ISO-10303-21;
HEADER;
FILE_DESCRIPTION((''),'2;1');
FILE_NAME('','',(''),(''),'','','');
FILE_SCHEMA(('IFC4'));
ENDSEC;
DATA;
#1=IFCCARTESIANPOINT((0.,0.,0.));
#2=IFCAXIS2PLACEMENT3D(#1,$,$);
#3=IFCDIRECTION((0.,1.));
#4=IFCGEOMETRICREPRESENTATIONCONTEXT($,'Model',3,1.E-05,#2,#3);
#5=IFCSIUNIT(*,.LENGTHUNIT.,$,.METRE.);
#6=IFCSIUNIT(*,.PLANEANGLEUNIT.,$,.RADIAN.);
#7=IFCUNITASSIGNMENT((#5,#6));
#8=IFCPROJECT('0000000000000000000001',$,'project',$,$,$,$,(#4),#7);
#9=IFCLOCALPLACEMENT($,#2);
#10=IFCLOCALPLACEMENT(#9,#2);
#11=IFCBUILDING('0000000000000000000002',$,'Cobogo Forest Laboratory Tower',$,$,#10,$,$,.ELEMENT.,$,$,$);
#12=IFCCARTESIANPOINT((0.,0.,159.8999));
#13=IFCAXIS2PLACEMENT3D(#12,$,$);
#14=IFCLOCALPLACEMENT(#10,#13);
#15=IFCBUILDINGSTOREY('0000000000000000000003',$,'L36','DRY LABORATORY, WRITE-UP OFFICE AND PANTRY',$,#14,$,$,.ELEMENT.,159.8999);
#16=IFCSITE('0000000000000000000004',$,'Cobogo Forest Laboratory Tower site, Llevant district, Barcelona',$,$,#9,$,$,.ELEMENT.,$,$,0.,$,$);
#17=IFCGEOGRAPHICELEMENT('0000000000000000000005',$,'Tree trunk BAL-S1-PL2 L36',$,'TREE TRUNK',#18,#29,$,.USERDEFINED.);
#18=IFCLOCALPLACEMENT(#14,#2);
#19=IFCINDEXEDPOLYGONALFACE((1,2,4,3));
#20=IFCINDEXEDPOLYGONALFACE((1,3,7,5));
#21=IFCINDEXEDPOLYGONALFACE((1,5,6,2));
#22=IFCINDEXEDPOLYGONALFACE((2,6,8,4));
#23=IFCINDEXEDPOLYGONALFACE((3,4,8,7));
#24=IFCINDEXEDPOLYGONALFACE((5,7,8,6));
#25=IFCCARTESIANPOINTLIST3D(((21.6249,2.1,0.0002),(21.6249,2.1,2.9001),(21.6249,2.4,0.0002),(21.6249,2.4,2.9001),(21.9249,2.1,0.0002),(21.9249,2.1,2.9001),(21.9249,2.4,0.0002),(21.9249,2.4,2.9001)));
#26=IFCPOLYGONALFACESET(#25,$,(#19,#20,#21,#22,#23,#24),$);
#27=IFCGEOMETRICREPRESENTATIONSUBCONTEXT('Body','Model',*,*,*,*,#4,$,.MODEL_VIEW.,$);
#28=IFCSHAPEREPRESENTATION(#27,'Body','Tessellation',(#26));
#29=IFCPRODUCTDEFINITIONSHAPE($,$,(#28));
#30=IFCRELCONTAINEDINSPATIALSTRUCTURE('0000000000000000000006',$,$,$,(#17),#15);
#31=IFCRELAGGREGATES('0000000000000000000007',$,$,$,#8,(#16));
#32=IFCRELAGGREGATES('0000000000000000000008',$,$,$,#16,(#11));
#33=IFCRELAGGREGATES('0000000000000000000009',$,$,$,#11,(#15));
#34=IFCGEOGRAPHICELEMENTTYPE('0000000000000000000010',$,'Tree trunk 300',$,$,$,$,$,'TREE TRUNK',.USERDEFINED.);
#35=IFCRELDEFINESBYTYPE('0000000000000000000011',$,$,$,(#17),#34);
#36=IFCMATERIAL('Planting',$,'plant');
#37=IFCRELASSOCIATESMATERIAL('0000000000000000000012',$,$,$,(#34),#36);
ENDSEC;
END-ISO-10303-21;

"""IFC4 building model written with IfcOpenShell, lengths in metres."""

from ifc_helpers import new_model, si_unit, direction, frame, origin, origin_2d, place, context, subcontext, project, spatial, rectangle, extrude, material, type_object, element, save


model = new_model("IFC4")

# Units and contexts
model_context = context("Model", 3, precision=1e-05, world=origin(), true_north=direction((0.0, 1.0)))
body_context = subcontext(model_context, "Body", "Model", "MODEL_VIEW")
ifc_project = project(units=[si_unit("LENGTHUNIT", "METRE"), si_unit("PLANEANGLEUNIT", "RADIAN")], contexts=[model_context])

# Site, building, storey
site_placement = place(None, origin())
site = spatial("IfcSite", under=ifc_project, at=site_placement, Name="Cobogo Forest Laboratory Tower site, Llevant district, Barcelona", CompositionType="ELEMENT", RefElevation=0.0)
building_placement = place(site_placement, origin())
building = spatial("IfcBuilding", under=site, at=building_placement, Name="Cobogo Forest Laboratory Tower", CompositionType="ELEMENT")
storey_placement = place(building_placement, frame((0.0, 0.0, 159.8999)))
storey = spatial("IfcBuildingStorey", under=building, at=storey_placement, Name="L36", Description="DRY LABORATORY, WRITE-UP OFFICE AND PANTRY", CompositionType="ELEMENT", Elevation=159.8999)

# Geographic element
ifc_material_1 = material(Name="Planting", Category="plant")
geographic_element_type = type_object("IfcGeographicElementType", Name="Tree trunk 300", ElementType="TREE TRUNK", PredefinedType="USERDEFINED", material=ifc_material_1)
geographic_element_placement = place(storey_placement, frame((21.7749, 2.25, 0.0002), z_axis=(0.0, 0.0, 1.0), x_axis=(1.0, 0.0, 0.0)))
element("IfcGeographicElement", 1, at=geographic_element_placement, inside=storey, type_object=geographic_element_type, Name="Tree trunk BAL-S1-PL2 L36", ObjectType="TREE TRUNK", PredefinedType="USERDEFINED", context=body_context, shape_type="SweptSolid", body=[
    extrude(rectangle(XDim=0.3, YDim=0.3, at=origin_2d()), origin(), (0.0, 0.0, 1.0), 2.8999),
])

save(model, "model.ifc")
